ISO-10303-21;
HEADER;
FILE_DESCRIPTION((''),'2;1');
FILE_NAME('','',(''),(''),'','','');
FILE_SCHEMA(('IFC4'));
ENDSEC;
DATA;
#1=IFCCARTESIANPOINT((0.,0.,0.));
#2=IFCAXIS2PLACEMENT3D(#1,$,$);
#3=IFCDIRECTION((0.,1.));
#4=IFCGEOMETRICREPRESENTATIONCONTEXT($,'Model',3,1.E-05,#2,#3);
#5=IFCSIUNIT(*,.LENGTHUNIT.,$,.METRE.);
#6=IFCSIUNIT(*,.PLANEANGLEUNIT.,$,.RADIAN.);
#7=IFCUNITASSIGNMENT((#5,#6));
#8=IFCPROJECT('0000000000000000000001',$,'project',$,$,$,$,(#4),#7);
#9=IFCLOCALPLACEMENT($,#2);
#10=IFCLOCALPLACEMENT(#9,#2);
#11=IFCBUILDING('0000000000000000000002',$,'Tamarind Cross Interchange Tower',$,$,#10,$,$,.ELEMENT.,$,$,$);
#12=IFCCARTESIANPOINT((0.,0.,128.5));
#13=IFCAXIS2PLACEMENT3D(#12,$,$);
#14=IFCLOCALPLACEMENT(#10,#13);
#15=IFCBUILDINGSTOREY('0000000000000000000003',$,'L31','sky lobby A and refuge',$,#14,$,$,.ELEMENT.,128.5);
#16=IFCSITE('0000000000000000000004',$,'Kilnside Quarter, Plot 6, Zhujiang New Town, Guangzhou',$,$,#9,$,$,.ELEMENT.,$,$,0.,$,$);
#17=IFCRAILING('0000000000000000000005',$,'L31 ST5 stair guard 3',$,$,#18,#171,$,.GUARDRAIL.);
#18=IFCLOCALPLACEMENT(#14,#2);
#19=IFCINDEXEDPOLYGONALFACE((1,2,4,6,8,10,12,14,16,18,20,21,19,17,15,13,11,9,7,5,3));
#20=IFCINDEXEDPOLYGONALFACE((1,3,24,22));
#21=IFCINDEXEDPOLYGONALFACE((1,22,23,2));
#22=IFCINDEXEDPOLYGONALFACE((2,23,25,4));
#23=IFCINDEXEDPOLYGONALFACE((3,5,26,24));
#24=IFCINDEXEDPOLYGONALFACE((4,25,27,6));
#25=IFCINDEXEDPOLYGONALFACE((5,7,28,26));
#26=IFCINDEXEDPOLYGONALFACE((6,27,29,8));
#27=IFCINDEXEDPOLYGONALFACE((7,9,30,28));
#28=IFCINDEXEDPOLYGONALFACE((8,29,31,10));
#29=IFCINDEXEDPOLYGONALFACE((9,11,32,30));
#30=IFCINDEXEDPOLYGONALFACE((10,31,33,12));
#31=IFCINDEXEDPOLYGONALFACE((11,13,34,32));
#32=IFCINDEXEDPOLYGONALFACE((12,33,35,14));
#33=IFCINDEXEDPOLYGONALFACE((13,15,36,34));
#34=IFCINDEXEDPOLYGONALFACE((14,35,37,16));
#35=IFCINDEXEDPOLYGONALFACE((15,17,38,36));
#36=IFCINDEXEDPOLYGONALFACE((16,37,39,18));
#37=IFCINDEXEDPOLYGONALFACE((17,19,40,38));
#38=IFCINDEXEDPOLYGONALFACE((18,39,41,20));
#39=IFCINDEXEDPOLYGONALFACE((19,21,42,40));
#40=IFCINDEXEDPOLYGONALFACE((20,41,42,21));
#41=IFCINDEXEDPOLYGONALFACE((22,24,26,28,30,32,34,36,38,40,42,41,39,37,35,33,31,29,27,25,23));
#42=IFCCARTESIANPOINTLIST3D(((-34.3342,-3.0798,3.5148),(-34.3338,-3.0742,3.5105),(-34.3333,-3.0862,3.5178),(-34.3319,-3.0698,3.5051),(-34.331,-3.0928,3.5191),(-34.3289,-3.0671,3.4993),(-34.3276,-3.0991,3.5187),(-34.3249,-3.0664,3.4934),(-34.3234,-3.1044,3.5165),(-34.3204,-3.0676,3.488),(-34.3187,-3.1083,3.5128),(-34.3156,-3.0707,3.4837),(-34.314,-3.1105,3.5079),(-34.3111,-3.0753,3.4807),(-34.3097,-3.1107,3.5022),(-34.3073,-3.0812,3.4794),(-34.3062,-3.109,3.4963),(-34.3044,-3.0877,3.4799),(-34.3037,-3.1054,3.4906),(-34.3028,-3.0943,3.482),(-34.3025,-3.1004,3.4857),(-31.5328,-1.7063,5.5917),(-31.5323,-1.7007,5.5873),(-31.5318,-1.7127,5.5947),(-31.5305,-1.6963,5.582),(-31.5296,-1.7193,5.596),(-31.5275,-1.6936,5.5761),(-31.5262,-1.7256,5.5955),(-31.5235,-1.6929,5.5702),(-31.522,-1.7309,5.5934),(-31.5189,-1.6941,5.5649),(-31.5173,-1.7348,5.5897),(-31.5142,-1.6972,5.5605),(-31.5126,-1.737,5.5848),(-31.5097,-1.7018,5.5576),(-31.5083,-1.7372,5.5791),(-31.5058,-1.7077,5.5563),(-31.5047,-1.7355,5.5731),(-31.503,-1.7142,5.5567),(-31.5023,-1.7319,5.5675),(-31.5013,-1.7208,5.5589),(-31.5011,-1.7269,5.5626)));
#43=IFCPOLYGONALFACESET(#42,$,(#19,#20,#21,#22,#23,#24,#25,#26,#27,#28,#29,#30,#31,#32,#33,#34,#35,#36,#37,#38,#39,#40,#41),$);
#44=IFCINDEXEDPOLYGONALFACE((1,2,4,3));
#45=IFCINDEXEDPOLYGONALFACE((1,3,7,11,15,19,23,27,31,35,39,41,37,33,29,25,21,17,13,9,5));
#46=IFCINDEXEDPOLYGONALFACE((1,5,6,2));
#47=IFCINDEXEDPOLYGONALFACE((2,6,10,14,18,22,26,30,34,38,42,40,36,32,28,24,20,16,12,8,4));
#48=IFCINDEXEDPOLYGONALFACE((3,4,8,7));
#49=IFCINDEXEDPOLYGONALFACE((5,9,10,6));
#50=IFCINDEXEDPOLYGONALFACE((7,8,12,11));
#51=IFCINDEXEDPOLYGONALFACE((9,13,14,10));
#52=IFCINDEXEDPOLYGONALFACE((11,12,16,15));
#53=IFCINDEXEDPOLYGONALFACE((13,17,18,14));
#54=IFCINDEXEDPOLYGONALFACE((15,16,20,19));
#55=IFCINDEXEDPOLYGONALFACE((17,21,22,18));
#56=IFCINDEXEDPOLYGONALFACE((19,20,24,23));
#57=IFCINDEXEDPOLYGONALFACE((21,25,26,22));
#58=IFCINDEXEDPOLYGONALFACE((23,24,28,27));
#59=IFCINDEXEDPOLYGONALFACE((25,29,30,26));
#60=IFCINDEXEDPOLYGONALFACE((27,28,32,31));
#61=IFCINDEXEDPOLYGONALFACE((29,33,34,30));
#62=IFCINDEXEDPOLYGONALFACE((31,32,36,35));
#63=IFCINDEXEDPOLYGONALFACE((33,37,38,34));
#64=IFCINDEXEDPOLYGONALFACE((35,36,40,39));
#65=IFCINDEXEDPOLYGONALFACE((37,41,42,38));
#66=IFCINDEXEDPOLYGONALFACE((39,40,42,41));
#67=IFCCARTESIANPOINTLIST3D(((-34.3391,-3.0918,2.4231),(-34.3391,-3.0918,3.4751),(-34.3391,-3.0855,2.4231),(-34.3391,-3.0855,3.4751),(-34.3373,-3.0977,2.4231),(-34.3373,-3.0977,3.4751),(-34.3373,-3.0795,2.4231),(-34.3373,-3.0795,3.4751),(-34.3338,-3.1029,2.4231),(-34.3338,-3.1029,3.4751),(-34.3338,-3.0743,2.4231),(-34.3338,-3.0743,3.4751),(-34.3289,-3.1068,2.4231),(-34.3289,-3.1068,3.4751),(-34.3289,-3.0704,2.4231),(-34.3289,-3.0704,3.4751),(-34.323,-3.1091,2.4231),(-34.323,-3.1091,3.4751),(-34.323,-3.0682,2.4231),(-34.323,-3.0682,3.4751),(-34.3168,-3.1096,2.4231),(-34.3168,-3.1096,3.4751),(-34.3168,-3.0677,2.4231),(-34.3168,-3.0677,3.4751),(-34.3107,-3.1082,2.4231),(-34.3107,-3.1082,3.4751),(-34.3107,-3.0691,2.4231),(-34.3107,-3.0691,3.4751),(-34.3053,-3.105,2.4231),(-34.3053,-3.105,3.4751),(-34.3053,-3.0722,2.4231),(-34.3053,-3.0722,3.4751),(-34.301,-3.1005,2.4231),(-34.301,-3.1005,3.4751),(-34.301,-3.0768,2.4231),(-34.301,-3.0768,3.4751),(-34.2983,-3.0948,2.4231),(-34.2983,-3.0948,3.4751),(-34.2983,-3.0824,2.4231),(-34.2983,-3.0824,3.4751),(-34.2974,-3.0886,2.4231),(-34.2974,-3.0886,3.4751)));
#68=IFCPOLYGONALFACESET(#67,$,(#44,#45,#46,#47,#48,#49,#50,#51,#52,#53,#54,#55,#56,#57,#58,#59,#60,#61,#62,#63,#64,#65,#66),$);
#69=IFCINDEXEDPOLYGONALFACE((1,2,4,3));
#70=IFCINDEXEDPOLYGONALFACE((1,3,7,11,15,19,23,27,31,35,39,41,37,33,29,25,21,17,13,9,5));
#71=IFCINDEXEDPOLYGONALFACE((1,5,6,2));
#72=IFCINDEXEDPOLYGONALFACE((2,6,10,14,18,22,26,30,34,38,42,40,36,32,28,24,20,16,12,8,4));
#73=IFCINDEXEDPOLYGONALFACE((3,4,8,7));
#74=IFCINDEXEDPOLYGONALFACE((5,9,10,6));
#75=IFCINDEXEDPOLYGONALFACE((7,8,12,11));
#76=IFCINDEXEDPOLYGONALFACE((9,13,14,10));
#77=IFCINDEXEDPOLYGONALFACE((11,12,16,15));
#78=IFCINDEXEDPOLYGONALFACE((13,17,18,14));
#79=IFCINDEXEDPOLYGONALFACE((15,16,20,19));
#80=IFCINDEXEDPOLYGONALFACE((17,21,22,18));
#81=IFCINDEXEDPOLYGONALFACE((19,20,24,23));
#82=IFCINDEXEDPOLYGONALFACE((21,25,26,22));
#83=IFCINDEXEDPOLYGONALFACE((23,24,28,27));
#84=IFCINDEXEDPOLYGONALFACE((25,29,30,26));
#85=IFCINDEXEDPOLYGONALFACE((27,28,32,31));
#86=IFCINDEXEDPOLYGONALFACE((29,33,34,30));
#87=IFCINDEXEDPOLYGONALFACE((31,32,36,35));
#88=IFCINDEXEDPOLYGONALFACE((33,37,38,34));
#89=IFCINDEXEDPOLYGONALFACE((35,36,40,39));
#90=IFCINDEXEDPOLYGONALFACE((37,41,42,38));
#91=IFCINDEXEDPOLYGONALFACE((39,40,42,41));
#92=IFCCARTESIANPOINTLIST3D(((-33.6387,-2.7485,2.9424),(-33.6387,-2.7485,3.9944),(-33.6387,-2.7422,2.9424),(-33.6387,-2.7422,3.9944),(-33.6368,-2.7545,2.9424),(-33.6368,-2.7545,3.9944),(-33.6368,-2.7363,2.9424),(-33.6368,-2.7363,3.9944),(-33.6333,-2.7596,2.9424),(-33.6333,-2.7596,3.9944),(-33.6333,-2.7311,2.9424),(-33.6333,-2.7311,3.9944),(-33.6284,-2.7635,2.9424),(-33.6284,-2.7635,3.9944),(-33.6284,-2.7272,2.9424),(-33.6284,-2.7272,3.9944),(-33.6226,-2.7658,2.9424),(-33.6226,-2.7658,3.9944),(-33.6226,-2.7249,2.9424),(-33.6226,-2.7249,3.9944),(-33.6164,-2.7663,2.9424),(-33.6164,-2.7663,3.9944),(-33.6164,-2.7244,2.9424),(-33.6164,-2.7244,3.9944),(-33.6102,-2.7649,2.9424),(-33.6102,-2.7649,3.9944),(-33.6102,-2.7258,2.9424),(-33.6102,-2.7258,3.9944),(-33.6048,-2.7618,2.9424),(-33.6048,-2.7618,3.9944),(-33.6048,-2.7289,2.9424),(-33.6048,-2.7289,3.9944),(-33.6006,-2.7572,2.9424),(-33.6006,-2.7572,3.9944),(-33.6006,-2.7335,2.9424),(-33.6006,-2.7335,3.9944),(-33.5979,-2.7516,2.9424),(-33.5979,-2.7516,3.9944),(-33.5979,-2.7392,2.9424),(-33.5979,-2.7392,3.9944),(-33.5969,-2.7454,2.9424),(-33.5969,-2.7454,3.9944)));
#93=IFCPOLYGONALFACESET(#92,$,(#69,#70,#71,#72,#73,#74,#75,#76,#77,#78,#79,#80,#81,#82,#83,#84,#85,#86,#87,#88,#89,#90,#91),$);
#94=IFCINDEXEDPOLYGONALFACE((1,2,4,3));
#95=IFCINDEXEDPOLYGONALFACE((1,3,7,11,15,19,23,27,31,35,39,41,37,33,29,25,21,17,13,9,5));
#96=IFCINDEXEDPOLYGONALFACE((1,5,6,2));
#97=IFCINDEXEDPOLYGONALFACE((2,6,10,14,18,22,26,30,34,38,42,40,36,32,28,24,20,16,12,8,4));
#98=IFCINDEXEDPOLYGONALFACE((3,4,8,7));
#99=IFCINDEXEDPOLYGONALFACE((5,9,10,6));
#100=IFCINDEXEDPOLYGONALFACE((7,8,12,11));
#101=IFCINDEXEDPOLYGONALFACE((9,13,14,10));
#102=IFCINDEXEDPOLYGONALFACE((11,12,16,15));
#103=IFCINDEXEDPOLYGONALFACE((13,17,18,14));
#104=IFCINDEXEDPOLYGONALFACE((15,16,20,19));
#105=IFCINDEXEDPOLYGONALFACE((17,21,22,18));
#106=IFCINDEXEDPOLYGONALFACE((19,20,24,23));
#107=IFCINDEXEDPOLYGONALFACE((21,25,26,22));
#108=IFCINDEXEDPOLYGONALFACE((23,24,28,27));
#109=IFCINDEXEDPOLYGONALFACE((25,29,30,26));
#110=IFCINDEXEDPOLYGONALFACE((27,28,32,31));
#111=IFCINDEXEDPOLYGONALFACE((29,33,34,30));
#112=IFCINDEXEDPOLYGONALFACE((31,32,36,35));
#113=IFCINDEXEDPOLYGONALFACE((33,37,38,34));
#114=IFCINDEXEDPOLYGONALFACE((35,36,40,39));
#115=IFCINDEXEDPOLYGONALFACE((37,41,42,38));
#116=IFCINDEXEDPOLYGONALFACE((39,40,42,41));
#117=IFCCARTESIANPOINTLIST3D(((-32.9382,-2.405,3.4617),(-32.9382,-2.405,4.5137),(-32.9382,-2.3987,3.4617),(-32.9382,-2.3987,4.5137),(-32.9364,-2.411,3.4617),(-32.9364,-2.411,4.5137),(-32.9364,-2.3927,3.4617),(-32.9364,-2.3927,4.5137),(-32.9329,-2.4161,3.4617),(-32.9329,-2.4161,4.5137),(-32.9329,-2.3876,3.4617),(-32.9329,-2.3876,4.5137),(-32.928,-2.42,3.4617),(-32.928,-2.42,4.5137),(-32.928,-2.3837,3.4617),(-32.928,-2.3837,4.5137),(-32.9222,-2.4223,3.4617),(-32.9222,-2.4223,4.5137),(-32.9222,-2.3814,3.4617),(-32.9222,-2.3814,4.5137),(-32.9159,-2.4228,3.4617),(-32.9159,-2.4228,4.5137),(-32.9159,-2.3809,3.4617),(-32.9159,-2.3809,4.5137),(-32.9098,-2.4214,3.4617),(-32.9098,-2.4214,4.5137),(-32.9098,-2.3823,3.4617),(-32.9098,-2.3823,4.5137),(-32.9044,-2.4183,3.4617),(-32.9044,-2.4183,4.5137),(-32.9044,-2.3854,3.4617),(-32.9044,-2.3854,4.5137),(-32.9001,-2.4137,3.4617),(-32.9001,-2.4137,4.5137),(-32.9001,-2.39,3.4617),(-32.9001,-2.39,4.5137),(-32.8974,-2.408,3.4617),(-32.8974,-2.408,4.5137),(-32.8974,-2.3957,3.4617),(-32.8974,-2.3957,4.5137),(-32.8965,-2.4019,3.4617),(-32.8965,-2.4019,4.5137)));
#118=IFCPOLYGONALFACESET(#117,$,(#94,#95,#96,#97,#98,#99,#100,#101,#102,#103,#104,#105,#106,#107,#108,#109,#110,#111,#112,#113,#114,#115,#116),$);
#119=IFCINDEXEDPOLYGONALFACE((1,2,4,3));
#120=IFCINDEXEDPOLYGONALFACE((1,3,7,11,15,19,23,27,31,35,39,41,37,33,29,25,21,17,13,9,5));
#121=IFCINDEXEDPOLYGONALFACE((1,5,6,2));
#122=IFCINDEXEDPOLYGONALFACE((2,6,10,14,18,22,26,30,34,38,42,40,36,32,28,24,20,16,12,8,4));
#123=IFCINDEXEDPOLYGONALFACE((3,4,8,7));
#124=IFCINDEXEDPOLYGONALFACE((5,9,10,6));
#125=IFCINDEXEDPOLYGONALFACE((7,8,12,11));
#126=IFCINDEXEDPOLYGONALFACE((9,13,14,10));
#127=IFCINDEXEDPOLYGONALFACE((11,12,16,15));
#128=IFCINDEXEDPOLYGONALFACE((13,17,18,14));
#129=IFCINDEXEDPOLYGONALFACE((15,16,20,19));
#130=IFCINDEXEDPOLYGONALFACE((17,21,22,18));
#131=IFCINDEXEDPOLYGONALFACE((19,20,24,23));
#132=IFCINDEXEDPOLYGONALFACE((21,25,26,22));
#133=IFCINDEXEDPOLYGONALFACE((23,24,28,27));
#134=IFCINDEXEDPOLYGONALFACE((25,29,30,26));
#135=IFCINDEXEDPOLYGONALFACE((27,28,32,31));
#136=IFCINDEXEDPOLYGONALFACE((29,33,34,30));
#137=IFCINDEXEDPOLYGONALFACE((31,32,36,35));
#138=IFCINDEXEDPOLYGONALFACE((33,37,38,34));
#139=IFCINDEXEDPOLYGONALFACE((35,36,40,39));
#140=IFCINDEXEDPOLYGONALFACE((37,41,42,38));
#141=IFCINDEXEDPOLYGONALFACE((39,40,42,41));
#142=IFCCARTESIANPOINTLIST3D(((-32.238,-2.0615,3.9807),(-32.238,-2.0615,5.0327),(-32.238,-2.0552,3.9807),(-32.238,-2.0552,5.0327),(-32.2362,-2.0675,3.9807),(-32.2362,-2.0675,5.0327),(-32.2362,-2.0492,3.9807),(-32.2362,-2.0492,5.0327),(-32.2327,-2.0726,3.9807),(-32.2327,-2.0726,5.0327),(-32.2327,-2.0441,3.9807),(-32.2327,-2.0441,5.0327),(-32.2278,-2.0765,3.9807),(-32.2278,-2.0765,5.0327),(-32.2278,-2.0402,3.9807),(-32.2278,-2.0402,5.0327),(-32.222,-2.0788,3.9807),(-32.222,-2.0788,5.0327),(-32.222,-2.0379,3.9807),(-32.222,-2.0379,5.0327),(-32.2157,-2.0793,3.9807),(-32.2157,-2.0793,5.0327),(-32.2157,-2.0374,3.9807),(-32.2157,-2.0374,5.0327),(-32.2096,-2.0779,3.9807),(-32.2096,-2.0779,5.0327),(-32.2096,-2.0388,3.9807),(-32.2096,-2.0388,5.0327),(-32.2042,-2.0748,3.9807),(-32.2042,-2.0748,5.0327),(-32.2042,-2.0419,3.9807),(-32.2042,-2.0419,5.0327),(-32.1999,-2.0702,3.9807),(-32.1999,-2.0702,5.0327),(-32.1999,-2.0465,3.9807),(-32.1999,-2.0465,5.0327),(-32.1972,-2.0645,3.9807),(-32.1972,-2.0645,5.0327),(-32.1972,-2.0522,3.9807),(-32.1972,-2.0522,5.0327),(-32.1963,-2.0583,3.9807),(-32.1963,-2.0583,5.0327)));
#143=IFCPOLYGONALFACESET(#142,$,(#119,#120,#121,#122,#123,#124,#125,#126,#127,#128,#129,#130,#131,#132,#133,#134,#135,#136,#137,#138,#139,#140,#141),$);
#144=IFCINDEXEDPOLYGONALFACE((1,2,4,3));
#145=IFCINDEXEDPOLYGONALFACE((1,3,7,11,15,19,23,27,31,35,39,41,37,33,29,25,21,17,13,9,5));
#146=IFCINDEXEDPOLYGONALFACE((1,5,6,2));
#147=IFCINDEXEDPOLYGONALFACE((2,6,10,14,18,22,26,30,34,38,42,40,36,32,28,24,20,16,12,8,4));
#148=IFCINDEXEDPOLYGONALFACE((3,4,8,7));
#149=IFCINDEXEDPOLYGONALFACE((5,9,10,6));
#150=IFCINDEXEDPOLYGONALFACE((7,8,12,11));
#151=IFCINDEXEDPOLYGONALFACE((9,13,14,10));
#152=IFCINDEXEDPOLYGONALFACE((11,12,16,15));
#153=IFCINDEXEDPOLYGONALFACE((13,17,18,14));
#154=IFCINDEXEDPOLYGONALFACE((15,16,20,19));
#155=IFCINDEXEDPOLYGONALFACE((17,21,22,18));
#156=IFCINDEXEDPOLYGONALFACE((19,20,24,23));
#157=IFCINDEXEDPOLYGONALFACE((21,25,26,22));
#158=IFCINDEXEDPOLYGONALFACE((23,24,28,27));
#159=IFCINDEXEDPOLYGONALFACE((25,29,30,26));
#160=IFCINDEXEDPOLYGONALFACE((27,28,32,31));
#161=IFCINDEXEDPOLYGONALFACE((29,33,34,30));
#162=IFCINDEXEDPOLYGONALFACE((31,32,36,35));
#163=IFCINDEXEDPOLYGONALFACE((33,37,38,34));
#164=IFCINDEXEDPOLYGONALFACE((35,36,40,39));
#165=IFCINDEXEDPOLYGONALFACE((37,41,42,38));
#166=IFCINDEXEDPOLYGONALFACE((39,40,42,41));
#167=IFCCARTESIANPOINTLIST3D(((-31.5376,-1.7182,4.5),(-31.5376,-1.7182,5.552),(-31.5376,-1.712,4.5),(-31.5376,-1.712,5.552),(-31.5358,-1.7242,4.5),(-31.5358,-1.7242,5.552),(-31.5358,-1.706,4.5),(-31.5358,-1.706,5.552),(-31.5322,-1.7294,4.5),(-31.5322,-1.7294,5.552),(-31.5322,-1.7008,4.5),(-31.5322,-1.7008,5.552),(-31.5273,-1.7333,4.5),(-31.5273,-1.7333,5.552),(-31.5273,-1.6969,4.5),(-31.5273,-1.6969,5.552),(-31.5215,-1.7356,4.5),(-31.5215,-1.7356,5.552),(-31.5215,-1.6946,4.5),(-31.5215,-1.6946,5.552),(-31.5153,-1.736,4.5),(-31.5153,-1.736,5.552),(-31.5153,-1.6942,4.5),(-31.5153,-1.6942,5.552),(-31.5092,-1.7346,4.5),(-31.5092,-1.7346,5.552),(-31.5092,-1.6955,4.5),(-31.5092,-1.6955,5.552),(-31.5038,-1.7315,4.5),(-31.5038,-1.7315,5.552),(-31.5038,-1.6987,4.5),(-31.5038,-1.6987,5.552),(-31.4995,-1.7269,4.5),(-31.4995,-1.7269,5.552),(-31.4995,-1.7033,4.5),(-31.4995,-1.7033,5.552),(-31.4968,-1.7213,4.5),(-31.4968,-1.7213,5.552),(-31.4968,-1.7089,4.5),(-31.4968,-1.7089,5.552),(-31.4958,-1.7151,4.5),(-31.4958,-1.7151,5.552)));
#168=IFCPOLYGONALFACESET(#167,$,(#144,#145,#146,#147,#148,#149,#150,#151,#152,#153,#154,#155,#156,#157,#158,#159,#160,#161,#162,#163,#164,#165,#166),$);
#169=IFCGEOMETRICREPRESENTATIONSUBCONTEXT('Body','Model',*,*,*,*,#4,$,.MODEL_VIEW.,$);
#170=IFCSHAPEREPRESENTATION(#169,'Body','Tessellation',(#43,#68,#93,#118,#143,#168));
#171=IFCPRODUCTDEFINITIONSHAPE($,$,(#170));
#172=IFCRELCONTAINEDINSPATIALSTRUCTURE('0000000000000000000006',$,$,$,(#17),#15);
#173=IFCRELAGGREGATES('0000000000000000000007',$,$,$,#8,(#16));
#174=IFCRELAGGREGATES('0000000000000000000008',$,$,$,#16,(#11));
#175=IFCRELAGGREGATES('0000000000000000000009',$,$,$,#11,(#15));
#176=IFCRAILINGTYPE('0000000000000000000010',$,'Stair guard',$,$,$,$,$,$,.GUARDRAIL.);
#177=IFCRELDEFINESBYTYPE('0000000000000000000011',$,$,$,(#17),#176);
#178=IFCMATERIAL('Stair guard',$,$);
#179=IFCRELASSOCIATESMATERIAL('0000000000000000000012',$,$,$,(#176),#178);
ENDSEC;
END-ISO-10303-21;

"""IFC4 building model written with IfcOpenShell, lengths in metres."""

from ifc_helpers import new_model, si_unit, direction, frame, origin, origin_2d, place, context, subcontext, project, spatial, circle, extrude, material, type_object, element, save


model = new_model("IFC4")

# Units and contexts
model_context = context("Model", 3, precision=1e-05, world=origin(), true_north=direction((0.0, 1.0)))
body_context = subcontext(model_context, "Body", "Model", "MODEL_VIEW")
ifc_project = project(units=[si_unit("LENGTHUNIT", "METRE"), si_unit("PLANEANGLEUNIT", "RADIAN")], contexts=[model_context])

# Site, building, storey
site_placement = place(None, origin())
site = spatial("IfcSite", under=ifc_project, at=site_placement, Name="Kilnside Quarter, Plot 6, Zhujiang New Town, Guangzhou", CompositionType="ELEMENT", RefElevation=0.0)
building_placement = place(site_placement, origin())
building = spatial("IfcBuilding", under=site, at=building_placement, Name="Tamarind Cross Interchange Tower", CompositionType="ELEMENT")
storey_placement = place(building_placement, frame((0.0, 0.0, 128.5)))
storey = spatial("IfcBuildingStorey", under=building, at=storey_placement, Name="L31", Description="sky lobby A and refuge", CompositionType="ELEMENT", Elevation=128.5)

# Railing
ifc_material_1 = material(Name="Stair guard")
railing_type_1 = type_object("IfcRailingType", Name="Stair guard", PredefinedType="GUARDRAIL", material=ifc_material_1)
railing_1_placement = place(storey_placement, frame((-34.3184, -3.0886, 2.4231)))
element("IfcRailing", 1, at=railing_1_placement, inside=storey, type_object=railing_type_1, Name="L31 ST5 stair guard 3", PredefinedType="GUARDRAIL", context=body_context, shape_type="SweptSolid", body=[
    extrude(circle(Radius=0.0239, at=origin_2d()), frame((0.0, 0.0, 1.0762), z_axis=(0.74744, 0.366457, 0.554115), x_axis=(-0.44022, 0.89789, 0.0)), (0.0, 0.0, 1.0), 3.748),
    extrude(circle(Radius=0.021, at=origin_2d()), origin(), (0.0, 0.0, 1.0), 1.052),
    extrude(circle(Radius=0.021, at=origin_2d()), frame((0.7004, 0.3433, 0.5193)), (0.0, 0.0, 1.0), 1.052),
    extrude(circle(Radius=0.021, at=origin_2d()), frame((1.4009, 0.6868, 1.0386)), (0.0, 0.0, 1.0), 1.052),
    extrude(circle(Radius=0.021, at=origin_2d()), frame((2.1011, 1.0303, 1.5576)), (0.0, 0.0, 1.0), 1.052),
    extrude(circle(Radius=0.021, at=origin_2d()), frame((2.8015, 1.3735, 2.0769)), (0.0, 0.0, 1.0), 1.052),
])

save(model, "model.ifc")
